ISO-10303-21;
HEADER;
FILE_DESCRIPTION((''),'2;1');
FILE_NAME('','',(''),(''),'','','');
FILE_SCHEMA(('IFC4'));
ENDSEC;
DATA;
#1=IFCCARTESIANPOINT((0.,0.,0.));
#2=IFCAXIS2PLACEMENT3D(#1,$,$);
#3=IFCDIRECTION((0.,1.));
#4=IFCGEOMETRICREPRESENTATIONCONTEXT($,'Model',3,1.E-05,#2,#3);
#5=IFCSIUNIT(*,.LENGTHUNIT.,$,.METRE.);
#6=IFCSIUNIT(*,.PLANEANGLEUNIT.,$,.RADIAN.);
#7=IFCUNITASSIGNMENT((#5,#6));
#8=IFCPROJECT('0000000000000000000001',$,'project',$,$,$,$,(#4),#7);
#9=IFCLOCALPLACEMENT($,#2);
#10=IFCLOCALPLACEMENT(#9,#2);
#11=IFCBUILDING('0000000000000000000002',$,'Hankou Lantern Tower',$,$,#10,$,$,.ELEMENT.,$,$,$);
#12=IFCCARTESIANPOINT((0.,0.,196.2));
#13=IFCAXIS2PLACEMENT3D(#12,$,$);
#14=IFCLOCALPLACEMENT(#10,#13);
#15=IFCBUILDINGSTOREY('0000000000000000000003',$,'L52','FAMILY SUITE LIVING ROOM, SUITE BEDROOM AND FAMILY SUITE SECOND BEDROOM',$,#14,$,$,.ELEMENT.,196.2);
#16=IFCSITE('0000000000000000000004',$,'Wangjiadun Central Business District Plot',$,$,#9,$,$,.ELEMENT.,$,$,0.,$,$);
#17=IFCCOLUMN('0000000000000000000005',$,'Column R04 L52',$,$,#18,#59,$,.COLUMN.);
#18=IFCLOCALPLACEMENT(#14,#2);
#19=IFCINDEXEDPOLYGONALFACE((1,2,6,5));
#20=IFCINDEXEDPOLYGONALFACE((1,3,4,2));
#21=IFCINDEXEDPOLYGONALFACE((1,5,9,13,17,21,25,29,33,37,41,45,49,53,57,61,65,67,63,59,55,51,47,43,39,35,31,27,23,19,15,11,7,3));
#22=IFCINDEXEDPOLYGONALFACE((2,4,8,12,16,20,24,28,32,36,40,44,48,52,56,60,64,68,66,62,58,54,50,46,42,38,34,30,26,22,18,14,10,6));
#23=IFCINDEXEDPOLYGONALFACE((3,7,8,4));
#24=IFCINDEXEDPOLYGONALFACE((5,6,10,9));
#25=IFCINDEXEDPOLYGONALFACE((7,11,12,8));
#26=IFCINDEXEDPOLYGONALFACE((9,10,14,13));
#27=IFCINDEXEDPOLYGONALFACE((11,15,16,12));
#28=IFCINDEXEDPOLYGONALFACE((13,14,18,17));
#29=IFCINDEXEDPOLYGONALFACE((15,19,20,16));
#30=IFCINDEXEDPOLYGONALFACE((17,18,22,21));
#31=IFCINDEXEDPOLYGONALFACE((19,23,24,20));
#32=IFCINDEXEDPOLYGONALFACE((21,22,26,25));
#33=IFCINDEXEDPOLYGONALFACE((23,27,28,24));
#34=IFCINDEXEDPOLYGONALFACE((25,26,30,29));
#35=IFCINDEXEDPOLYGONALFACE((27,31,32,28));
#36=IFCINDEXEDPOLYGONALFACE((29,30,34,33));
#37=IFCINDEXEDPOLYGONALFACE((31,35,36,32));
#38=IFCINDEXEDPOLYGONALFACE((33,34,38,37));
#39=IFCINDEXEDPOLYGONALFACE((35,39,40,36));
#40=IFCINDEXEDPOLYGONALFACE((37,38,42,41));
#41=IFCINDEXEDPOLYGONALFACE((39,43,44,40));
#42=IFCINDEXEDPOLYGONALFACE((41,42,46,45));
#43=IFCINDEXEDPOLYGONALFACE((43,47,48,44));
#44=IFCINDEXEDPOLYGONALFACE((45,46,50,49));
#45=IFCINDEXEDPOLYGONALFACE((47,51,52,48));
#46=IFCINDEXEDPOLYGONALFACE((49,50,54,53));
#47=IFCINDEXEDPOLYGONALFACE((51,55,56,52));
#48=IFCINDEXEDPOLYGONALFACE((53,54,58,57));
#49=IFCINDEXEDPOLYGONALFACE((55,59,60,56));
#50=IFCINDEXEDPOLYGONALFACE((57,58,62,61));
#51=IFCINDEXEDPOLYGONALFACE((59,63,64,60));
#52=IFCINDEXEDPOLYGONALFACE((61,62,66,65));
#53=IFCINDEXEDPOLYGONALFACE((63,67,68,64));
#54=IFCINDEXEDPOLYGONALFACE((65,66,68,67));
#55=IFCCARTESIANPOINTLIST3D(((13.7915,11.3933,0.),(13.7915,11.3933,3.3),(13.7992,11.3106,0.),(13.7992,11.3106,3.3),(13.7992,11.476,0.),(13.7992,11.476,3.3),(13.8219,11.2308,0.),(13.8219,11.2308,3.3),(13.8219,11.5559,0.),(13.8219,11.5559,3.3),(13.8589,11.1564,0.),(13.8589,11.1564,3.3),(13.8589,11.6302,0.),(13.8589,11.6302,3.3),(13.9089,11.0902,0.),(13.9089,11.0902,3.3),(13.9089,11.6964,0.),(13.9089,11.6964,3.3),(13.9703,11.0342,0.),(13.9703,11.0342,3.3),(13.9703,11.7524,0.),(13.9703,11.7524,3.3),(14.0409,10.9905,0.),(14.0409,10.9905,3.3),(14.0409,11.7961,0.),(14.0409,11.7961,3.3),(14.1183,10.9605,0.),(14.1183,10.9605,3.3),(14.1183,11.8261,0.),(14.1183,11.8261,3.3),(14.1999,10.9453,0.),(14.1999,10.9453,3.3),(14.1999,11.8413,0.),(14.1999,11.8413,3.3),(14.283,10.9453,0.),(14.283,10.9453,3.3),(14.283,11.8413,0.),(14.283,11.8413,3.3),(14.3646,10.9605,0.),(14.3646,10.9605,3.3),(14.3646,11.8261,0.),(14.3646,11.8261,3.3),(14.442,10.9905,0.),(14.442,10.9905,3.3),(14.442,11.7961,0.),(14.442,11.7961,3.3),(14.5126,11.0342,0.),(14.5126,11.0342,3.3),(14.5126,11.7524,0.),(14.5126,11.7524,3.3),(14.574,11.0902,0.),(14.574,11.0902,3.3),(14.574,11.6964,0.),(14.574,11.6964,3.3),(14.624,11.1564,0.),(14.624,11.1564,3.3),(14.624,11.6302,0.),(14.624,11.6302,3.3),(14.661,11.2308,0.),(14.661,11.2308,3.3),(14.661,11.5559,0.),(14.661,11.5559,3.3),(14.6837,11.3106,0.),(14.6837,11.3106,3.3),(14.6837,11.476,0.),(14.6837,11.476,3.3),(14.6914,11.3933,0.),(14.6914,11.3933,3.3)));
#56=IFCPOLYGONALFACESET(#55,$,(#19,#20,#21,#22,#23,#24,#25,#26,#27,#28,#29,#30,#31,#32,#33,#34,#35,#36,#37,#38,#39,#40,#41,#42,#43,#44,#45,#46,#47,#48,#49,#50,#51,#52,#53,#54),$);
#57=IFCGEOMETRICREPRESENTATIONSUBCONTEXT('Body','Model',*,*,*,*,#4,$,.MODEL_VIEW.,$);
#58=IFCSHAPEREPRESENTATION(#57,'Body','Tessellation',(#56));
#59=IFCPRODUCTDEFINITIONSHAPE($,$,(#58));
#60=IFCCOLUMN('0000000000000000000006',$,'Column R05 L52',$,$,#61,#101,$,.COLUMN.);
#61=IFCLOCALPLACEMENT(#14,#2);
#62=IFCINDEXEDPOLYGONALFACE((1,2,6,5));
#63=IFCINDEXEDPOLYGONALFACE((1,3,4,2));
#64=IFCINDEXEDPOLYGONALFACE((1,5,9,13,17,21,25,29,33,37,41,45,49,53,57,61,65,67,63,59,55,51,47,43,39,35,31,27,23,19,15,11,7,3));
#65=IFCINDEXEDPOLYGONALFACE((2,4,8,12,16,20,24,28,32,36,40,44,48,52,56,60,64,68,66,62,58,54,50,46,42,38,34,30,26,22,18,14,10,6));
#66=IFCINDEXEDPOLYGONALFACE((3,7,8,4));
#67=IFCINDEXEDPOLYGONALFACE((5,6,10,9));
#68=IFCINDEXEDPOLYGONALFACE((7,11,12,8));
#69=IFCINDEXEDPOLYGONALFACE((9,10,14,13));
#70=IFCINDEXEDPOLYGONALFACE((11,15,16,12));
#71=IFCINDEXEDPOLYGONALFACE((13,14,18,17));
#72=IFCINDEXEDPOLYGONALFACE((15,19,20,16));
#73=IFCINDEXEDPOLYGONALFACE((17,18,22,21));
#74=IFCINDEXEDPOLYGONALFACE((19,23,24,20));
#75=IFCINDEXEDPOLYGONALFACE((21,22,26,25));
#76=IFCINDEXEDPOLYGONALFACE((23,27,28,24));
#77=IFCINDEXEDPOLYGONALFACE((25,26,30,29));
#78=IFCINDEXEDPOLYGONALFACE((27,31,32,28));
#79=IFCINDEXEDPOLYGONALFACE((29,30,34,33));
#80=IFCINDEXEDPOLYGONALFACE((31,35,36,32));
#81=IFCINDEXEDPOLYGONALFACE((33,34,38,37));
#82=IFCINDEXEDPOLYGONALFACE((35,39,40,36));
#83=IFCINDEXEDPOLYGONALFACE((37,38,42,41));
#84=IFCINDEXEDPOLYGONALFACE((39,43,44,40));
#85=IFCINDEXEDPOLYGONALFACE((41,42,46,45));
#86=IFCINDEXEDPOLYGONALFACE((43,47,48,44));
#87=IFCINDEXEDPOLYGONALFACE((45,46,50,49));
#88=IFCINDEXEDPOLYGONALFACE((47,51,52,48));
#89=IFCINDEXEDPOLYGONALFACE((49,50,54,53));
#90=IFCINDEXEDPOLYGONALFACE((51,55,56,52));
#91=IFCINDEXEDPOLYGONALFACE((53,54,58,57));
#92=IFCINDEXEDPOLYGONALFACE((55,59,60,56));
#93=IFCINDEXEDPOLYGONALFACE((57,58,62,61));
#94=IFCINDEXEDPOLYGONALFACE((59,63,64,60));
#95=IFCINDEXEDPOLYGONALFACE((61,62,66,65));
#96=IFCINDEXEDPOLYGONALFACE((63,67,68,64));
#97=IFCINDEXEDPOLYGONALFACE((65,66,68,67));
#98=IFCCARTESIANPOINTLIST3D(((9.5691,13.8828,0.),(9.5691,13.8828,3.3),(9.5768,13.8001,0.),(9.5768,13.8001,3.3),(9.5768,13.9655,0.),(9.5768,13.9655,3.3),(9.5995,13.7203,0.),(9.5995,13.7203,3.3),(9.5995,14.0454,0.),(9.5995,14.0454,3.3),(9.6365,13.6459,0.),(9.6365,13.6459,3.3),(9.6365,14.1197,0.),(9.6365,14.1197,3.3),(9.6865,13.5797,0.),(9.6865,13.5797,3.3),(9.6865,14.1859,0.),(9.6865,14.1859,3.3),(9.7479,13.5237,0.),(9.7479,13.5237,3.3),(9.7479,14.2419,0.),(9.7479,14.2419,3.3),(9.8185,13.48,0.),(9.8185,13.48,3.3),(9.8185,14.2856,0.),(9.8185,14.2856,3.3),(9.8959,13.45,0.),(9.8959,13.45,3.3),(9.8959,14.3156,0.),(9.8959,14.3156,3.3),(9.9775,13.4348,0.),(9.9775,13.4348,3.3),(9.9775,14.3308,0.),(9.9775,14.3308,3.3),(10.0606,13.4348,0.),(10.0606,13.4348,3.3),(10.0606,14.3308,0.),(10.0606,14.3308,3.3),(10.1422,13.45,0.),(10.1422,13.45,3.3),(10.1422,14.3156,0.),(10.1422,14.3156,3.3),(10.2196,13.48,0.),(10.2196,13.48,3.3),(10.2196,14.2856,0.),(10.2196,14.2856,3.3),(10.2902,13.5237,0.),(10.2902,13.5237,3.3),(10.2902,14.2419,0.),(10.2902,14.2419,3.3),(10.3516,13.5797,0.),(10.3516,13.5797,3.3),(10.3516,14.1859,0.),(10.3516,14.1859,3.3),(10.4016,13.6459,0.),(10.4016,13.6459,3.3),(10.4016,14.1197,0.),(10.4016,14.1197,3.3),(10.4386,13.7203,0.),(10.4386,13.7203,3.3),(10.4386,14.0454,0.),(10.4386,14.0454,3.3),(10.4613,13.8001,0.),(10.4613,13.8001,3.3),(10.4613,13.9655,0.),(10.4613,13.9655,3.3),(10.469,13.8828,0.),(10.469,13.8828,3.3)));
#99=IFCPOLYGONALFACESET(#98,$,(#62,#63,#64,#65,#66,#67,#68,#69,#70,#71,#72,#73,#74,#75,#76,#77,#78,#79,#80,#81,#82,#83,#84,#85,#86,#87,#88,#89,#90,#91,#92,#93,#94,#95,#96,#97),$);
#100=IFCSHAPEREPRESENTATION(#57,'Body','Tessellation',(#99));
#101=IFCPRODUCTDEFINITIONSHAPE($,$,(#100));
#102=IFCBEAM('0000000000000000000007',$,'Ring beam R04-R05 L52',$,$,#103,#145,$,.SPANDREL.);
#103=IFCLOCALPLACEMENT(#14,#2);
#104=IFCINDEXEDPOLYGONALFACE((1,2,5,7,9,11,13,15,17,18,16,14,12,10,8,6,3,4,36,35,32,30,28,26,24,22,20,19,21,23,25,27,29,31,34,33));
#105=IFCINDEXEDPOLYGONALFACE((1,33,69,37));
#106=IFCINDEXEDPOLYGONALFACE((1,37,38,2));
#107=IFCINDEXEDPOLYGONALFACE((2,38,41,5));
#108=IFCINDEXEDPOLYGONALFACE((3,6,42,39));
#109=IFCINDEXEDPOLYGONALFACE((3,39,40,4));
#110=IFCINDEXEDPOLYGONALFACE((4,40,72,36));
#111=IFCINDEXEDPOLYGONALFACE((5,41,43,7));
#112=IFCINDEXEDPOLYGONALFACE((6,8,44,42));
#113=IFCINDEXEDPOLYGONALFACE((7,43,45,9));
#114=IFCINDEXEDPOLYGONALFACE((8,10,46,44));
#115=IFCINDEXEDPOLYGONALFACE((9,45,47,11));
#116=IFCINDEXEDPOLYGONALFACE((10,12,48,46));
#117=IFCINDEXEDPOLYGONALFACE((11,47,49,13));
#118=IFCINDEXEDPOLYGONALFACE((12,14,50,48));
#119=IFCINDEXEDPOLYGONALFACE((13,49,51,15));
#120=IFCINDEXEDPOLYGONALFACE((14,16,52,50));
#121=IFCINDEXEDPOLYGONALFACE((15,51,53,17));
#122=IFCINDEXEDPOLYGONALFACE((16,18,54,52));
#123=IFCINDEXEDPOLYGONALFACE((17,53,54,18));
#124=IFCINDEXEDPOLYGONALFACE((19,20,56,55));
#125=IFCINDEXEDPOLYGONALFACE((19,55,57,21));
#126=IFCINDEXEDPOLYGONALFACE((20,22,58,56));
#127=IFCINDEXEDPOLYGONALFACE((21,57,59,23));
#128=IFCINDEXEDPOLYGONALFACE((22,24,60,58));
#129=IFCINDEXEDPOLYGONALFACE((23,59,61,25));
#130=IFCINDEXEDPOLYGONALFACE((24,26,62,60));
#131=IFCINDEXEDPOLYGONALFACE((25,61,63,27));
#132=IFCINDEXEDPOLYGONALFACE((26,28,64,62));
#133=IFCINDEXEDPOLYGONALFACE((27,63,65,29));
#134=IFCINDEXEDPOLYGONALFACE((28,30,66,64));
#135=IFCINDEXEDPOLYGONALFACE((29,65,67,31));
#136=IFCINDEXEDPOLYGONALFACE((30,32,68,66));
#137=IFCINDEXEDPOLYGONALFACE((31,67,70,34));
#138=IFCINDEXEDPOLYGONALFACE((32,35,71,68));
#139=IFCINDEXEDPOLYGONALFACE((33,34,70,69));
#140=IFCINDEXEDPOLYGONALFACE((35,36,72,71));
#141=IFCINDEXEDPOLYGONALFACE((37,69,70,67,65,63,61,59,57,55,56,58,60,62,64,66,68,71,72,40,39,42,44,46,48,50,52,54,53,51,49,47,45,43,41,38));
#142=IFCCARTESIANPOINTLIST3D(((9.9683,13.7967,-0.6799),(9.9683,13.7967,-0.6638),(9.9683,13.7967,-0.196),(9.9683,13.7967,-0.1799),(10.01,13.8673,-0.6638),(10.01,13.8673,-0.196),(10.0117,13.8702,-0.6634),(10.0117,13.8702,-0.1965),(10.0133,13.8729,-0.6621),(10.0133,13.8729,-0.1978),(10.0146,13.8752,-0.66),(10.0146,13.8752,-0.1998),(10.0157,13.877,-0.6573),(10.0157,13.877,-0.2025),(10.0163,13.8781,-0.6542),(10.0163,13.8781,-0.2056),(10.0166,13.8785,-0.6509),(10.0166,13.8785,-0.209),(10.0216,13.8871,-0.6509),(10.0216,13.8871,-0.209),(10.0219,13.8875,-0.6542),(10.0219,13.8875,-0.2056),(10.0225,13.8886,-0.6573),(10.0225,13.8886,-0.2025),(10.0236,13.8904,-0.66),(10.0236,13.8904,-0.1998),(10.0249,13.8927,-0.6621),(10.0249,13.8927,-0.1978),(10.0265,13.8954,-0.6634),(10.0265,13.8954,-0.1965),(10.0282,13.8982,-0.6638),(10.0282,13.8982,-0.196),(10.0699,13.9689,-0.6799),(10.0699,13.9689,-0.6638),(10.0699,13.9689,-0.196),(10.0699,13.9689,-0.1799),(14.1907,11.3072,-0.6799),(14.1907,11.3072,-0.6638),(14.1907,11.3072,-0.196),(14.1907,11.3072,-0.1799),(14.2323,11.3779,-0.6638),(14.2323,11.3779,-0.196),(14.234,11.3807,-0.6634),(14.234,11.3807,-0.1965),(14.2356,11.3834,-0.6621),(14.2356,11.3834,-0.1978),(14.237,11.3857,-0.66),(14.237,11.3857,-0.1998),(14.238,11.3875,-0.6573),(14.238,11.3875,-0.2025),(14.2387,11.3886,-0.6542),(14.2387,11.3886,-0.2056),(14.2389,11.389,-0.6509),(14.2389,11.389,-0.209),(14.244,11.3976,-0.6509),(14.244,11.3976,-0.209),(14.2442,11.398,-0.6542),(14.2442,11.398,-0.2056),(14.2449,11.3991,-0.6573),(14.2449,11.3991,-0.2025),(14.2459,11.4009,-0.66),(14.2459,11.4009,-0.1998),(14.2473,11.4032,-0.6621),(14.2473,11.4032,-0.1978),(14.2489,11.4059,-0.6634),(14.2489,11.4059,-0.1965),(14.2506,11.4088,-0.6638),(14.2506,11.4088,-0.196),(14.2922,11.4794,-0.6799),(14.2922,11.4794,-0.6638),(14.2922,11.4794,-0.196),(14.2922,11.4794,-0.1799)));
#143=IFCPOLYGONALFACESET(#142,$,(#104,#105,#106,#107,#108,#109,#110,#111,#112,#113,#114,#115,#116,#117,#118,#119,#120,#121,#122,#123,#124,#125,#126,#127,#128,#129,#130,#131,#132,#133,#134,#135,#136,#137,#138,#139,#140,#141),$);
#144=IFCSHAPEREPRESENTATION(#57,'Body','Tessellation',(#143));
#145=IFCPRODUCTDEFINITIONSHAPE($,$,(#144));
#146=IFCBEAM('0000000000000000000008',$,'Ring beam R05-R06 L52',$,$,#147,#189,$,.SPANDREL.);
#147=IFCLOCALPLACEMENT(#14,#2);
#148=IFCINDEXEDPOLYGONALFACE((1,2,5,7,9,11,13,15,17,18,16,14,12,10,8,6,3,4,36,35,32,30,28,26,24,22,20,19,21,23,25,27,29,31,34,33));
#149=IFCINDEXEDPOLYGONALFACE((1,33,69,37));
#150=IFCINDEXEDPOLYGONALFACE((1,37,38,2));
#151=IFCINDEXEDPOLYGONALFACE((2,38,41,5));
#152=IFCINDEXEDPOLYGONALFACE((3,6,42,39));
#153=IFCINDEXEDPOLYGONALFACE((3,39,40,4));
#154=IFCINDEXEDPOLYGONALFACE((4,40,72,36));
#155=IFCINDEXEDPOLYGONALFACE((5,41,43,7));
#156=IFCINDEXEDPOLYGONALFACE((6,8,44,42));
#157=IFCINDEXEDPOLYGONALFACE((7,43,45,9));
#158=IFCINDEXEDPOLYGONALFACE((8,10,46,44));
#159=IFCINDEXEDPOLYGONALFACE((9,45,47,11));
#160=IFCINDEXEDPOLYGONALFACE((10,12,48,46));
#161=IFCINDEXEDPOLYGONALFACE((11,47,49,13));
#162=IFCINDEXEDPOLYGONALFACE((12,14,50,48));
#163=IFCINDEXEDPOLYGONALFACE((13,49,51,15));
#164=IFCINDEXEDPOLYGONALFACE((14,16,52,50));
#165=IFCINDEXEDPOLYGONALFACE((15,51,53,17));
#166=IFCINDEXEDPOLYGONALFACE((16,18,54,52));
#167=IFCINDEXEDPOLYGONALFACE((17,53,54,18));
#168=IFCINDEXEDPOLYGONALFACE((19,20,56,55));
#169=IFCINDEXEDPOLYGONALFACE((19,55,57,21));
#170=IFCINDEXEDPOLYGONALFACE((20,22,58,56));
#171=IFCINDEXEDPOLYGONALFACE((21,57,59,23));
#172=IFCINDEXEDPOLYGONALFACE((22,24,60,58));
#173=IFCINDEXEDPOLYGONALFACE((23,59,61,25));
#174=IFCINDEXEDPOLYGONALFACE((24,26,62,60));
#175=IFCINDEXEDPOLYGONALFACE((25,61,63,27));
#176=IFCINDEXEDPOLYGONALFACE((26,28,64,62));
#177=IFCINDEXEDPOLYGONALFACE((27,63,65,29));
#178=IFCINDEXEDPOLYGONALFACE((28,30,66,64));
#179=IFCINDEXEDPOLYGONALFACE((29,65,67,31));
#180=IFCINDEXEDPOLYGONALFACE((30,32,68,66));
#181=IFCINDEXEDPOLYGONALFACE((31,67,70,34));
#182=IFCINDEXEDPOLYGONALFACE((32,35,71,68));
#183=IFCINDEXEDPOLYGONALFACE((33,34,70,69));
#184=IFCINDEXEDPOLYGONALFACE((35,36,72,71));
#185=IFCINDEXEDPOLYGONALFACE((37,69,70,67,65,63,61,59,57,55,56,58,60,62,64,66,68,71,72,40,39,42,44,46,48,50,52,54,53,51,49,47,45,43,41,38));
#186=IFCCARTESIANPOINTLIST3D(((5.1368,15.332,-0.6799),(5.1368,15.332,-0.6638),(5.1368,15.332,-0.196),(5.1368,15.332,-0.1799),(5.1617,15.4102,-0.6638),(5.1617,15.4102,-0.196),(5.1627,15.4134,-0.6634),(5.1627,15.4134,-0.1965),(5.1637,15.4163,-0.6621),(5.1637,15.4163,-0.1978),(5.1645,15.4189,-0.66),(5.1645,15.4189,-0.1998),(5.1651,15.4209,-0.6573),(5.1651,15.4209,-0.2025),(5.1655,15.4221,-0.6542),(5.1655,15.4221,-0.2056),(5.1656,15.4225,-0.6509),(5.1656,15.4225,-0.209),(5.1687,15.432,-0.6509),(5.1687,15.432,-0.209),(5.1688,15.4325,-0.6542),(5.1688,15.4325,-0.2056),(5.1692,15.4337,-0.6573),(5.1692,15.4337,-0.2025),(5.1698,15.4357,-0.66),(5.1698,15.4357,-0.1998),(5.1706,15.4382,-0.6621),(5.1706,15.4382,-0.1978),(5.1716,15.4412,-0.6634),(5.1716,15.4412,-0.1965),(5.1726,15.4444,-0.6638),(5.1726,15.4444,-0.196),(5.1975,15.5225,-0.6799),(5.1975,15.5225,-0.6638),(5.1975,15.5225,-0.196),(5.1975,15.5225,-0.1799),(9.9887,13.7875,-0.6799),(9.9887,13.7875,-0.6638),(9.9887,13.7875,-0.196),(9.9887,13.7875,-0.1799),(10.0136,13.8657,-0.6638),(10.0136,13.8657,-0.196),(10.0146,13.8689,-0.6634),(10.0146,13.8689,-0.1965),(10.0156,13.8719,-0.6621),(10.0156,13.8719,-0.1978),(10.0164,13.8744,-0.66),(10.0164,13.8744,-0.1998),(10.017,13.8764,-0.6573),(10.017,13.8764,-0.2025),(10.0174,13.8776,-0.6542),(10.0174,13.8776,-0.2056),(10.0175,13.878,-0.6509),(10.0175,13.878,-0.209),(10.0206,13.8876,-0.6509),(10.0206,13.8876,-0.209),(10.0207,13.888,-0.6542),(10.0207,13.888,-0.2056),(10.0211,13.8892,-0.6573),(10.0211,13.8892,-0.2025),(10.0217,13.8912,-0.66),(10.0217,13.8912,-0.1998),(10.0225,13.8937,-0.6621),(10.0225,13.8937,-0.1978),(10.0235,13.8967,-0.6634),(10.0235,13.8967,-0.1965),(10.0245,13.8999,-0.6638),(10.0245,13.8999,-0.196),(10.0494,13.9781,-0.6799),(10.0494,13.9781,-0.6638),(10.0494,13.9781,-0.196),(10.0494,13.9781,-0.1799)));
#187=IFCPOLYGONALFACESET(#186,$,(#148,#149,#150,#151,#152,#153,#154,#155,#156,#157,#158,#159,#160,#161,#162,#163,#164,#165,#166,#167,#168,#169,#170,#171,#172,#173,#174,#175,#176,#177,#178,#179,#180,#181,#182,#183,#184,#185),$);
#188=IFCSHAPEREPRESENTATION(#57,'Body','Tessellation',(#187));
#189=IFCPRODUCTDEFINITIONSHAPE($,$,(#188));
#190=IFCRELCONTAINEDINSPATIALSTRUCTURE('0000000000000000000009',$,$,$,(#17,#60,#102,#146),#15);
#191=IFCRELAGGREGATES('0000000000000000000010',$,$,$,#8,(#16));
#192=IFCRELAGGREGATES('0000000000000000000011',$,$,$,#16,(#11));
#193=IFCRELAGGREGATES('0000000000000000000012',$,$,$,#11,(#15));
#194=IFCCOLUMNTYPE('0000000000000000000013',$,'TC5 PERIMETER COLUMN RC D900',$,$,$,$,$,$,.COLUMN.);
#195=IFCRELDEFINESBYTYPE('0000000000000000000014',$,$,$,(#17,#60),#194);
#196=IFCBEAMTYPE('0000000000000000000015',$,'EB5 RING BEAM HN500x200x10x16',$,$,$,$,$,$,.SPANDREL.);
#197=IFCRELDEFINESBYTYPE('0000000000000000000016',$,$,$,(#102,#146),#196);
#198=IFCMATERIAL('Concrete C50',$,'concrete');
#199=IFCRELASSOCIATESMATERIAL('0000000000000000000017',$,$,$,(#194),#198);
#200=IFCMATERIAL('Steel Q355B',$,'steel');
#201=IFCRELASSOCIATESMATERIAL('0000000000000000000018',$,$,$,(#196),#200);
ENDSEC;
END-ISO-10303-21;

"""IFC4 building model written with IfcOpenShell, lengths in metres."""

from ifc_helpers import new_model, si_unit, direction, frame, origin, origin_2d, place, context, subcontext, project, spatial, circle, i_section, extrude, material, material_profile, profile_set, type_object, element, save


model = new_model("IFC4")

# Units and contexts
model_context = context("Model", 3, precision=1e-05, world=origin(), true_north=direction((0.0, 1.0)))
body_context = subcontext(model_context, "Body", "Model", "MODEL_VIEW")
ifc_project = project(units=[si_unit("LENGTHUNIT", "METRE"), si_unit("PLANEANGLEUNIT", "RADIAN")], contexts=[model_context])

# Site, building, storey
site_placement = place(None, origin())
site = spatial("IfcSite", under=ifc_project, at=site_placement, Name="Wangjiadun Central Business District Plot", CompositionType="ELEMENT", RefElevation=0.0)
building_placement = place(site_placement, origin())
building = spatial("IfcBuilding", under=site, at=building_placement, Name="Hankou Lantern Tower", CompositionType="ELEMENT")
storey_placement = place(building_placement, frame((0.0, 0.0, 196.2)))
storey = spatial("IfcBuildingStorey", under=building, at=storey_placement, Name="L52", Description="FAMILY SUITE LIVING ROOM, SUITE BEDROOM AND FAMILY SUITE SECOND BEDROOM", CompositionType="ELEMENT", Elevation=196.2)

# Columns
ifc_material_1 = material(Name="Concrete C50", Category="concrete")
ifc_material_profile_1 = material_profile(ifc_material_1, circle(Radius=0.45, at=origin_2d()), Name="RC D900")
ifc_profile_set_1 = profile_set([ifc_material_profile_1], Name="Concrete C50")
column_type = type_object("IfcColumnType", Name="TC5 PERIMETER COLUMN RC D900", PredefinedType="COLUMN", material=ifc_profile_set_1)
for number, where, z_axis, x_axis, name in (
    (1, (14.2415, 11.3933, 0.0), (0.0, 0.0, 1.0), (1.0, 0.0, 0.0), "Column R04 L52"),
    (2, (10.019, 13.8828, 0.0), (0.0, 0.0, 1.0), (1.0, 0.0, 0.0), "Column R05 L52"),
):
    element("IfcColumn", number, at=place(storey_placement, frame(where, z_axis=z_axis, x_axis=x_axis)), inside=storey, type_object=column_type, Name=name, PredefinedType="COLUMN", context=body_context, shape_type="SweptSolid", body=[
        extrude(circle(Radius=0.45, at=origin_2d()), origin(), (0.0, 0.0, 1.0), 3.3),
    ])

# Beams
ifc_material_2 = material(Name="Steel Q355B", Category="steel")
ifc_material_profile_2 = material_profile(ifc_material_2, i_section(OverallWidth=0.2, OverallDepth=0.5, WebThickness=0.01, FlangeThickness=0.0161, FilletRadius=0.0129, at=origin_2d()), Name="HN500x200x10x16")
ifc_profile_set_2 = profile_set([ifc_material_profile_2], Name="Steel Q355B")
beam_type_1 = type_object("IfcBeamType", Name="EB5 RING BEAM HN500x200x10x16", PredefinedType="SPANDREL", material=ifc_profile_set_2)
beam_1_placement = place(storey_placement, frame((14.2415, 11.3933, -0.4299), z_axis=(-0.861423, 0.507888, 0.0), x_axis=(-0.507888, -0.861423, 0.0)))
element("IfcBeam", 3, at=beam_1_placement, inside=storey, type_object=beam_type_1, Name="Ring beam R04-R05 L52", PredefinedType="SPANDREL", context=body_context, shape_type="SweptSolid", body=[
    extrude(i_section(OverallWidth=0.2, OverallDepth=0.5, WebThickness=0.01, FlangeThickness=0.0161, FilletRadius=0.0129, at=origin_2d()), origin(), (0.0, 0.0, 1.0), 4.9016),
])
beam_2_placement = place(storey_placement, frame((10.019, 13.8828, -0.4299), z_axis=(-0.952887, 0.303324, 0.0), x_axis=(-0.303324, -0.952887, 0.0)))
element("IfcBeam", 4, at=beam_2_placement, inside=storey, type_object=beam_type_1, Name="Ring beam R05-R06 L52", PredefinedType="SPANDREL", context=body_context, shape_type="SweptSolid", body=[
    extrude(i_section(OverallWidth=0.2, OverallDepth=0.5, WebThickness=0.01, FlangeThickness=0.0161, FilletRadius=0.0129, at=origin_2d()), origin(), (0.0, 0.0, 1.0), 5.0918),
])

save(model, "model.ifc")
